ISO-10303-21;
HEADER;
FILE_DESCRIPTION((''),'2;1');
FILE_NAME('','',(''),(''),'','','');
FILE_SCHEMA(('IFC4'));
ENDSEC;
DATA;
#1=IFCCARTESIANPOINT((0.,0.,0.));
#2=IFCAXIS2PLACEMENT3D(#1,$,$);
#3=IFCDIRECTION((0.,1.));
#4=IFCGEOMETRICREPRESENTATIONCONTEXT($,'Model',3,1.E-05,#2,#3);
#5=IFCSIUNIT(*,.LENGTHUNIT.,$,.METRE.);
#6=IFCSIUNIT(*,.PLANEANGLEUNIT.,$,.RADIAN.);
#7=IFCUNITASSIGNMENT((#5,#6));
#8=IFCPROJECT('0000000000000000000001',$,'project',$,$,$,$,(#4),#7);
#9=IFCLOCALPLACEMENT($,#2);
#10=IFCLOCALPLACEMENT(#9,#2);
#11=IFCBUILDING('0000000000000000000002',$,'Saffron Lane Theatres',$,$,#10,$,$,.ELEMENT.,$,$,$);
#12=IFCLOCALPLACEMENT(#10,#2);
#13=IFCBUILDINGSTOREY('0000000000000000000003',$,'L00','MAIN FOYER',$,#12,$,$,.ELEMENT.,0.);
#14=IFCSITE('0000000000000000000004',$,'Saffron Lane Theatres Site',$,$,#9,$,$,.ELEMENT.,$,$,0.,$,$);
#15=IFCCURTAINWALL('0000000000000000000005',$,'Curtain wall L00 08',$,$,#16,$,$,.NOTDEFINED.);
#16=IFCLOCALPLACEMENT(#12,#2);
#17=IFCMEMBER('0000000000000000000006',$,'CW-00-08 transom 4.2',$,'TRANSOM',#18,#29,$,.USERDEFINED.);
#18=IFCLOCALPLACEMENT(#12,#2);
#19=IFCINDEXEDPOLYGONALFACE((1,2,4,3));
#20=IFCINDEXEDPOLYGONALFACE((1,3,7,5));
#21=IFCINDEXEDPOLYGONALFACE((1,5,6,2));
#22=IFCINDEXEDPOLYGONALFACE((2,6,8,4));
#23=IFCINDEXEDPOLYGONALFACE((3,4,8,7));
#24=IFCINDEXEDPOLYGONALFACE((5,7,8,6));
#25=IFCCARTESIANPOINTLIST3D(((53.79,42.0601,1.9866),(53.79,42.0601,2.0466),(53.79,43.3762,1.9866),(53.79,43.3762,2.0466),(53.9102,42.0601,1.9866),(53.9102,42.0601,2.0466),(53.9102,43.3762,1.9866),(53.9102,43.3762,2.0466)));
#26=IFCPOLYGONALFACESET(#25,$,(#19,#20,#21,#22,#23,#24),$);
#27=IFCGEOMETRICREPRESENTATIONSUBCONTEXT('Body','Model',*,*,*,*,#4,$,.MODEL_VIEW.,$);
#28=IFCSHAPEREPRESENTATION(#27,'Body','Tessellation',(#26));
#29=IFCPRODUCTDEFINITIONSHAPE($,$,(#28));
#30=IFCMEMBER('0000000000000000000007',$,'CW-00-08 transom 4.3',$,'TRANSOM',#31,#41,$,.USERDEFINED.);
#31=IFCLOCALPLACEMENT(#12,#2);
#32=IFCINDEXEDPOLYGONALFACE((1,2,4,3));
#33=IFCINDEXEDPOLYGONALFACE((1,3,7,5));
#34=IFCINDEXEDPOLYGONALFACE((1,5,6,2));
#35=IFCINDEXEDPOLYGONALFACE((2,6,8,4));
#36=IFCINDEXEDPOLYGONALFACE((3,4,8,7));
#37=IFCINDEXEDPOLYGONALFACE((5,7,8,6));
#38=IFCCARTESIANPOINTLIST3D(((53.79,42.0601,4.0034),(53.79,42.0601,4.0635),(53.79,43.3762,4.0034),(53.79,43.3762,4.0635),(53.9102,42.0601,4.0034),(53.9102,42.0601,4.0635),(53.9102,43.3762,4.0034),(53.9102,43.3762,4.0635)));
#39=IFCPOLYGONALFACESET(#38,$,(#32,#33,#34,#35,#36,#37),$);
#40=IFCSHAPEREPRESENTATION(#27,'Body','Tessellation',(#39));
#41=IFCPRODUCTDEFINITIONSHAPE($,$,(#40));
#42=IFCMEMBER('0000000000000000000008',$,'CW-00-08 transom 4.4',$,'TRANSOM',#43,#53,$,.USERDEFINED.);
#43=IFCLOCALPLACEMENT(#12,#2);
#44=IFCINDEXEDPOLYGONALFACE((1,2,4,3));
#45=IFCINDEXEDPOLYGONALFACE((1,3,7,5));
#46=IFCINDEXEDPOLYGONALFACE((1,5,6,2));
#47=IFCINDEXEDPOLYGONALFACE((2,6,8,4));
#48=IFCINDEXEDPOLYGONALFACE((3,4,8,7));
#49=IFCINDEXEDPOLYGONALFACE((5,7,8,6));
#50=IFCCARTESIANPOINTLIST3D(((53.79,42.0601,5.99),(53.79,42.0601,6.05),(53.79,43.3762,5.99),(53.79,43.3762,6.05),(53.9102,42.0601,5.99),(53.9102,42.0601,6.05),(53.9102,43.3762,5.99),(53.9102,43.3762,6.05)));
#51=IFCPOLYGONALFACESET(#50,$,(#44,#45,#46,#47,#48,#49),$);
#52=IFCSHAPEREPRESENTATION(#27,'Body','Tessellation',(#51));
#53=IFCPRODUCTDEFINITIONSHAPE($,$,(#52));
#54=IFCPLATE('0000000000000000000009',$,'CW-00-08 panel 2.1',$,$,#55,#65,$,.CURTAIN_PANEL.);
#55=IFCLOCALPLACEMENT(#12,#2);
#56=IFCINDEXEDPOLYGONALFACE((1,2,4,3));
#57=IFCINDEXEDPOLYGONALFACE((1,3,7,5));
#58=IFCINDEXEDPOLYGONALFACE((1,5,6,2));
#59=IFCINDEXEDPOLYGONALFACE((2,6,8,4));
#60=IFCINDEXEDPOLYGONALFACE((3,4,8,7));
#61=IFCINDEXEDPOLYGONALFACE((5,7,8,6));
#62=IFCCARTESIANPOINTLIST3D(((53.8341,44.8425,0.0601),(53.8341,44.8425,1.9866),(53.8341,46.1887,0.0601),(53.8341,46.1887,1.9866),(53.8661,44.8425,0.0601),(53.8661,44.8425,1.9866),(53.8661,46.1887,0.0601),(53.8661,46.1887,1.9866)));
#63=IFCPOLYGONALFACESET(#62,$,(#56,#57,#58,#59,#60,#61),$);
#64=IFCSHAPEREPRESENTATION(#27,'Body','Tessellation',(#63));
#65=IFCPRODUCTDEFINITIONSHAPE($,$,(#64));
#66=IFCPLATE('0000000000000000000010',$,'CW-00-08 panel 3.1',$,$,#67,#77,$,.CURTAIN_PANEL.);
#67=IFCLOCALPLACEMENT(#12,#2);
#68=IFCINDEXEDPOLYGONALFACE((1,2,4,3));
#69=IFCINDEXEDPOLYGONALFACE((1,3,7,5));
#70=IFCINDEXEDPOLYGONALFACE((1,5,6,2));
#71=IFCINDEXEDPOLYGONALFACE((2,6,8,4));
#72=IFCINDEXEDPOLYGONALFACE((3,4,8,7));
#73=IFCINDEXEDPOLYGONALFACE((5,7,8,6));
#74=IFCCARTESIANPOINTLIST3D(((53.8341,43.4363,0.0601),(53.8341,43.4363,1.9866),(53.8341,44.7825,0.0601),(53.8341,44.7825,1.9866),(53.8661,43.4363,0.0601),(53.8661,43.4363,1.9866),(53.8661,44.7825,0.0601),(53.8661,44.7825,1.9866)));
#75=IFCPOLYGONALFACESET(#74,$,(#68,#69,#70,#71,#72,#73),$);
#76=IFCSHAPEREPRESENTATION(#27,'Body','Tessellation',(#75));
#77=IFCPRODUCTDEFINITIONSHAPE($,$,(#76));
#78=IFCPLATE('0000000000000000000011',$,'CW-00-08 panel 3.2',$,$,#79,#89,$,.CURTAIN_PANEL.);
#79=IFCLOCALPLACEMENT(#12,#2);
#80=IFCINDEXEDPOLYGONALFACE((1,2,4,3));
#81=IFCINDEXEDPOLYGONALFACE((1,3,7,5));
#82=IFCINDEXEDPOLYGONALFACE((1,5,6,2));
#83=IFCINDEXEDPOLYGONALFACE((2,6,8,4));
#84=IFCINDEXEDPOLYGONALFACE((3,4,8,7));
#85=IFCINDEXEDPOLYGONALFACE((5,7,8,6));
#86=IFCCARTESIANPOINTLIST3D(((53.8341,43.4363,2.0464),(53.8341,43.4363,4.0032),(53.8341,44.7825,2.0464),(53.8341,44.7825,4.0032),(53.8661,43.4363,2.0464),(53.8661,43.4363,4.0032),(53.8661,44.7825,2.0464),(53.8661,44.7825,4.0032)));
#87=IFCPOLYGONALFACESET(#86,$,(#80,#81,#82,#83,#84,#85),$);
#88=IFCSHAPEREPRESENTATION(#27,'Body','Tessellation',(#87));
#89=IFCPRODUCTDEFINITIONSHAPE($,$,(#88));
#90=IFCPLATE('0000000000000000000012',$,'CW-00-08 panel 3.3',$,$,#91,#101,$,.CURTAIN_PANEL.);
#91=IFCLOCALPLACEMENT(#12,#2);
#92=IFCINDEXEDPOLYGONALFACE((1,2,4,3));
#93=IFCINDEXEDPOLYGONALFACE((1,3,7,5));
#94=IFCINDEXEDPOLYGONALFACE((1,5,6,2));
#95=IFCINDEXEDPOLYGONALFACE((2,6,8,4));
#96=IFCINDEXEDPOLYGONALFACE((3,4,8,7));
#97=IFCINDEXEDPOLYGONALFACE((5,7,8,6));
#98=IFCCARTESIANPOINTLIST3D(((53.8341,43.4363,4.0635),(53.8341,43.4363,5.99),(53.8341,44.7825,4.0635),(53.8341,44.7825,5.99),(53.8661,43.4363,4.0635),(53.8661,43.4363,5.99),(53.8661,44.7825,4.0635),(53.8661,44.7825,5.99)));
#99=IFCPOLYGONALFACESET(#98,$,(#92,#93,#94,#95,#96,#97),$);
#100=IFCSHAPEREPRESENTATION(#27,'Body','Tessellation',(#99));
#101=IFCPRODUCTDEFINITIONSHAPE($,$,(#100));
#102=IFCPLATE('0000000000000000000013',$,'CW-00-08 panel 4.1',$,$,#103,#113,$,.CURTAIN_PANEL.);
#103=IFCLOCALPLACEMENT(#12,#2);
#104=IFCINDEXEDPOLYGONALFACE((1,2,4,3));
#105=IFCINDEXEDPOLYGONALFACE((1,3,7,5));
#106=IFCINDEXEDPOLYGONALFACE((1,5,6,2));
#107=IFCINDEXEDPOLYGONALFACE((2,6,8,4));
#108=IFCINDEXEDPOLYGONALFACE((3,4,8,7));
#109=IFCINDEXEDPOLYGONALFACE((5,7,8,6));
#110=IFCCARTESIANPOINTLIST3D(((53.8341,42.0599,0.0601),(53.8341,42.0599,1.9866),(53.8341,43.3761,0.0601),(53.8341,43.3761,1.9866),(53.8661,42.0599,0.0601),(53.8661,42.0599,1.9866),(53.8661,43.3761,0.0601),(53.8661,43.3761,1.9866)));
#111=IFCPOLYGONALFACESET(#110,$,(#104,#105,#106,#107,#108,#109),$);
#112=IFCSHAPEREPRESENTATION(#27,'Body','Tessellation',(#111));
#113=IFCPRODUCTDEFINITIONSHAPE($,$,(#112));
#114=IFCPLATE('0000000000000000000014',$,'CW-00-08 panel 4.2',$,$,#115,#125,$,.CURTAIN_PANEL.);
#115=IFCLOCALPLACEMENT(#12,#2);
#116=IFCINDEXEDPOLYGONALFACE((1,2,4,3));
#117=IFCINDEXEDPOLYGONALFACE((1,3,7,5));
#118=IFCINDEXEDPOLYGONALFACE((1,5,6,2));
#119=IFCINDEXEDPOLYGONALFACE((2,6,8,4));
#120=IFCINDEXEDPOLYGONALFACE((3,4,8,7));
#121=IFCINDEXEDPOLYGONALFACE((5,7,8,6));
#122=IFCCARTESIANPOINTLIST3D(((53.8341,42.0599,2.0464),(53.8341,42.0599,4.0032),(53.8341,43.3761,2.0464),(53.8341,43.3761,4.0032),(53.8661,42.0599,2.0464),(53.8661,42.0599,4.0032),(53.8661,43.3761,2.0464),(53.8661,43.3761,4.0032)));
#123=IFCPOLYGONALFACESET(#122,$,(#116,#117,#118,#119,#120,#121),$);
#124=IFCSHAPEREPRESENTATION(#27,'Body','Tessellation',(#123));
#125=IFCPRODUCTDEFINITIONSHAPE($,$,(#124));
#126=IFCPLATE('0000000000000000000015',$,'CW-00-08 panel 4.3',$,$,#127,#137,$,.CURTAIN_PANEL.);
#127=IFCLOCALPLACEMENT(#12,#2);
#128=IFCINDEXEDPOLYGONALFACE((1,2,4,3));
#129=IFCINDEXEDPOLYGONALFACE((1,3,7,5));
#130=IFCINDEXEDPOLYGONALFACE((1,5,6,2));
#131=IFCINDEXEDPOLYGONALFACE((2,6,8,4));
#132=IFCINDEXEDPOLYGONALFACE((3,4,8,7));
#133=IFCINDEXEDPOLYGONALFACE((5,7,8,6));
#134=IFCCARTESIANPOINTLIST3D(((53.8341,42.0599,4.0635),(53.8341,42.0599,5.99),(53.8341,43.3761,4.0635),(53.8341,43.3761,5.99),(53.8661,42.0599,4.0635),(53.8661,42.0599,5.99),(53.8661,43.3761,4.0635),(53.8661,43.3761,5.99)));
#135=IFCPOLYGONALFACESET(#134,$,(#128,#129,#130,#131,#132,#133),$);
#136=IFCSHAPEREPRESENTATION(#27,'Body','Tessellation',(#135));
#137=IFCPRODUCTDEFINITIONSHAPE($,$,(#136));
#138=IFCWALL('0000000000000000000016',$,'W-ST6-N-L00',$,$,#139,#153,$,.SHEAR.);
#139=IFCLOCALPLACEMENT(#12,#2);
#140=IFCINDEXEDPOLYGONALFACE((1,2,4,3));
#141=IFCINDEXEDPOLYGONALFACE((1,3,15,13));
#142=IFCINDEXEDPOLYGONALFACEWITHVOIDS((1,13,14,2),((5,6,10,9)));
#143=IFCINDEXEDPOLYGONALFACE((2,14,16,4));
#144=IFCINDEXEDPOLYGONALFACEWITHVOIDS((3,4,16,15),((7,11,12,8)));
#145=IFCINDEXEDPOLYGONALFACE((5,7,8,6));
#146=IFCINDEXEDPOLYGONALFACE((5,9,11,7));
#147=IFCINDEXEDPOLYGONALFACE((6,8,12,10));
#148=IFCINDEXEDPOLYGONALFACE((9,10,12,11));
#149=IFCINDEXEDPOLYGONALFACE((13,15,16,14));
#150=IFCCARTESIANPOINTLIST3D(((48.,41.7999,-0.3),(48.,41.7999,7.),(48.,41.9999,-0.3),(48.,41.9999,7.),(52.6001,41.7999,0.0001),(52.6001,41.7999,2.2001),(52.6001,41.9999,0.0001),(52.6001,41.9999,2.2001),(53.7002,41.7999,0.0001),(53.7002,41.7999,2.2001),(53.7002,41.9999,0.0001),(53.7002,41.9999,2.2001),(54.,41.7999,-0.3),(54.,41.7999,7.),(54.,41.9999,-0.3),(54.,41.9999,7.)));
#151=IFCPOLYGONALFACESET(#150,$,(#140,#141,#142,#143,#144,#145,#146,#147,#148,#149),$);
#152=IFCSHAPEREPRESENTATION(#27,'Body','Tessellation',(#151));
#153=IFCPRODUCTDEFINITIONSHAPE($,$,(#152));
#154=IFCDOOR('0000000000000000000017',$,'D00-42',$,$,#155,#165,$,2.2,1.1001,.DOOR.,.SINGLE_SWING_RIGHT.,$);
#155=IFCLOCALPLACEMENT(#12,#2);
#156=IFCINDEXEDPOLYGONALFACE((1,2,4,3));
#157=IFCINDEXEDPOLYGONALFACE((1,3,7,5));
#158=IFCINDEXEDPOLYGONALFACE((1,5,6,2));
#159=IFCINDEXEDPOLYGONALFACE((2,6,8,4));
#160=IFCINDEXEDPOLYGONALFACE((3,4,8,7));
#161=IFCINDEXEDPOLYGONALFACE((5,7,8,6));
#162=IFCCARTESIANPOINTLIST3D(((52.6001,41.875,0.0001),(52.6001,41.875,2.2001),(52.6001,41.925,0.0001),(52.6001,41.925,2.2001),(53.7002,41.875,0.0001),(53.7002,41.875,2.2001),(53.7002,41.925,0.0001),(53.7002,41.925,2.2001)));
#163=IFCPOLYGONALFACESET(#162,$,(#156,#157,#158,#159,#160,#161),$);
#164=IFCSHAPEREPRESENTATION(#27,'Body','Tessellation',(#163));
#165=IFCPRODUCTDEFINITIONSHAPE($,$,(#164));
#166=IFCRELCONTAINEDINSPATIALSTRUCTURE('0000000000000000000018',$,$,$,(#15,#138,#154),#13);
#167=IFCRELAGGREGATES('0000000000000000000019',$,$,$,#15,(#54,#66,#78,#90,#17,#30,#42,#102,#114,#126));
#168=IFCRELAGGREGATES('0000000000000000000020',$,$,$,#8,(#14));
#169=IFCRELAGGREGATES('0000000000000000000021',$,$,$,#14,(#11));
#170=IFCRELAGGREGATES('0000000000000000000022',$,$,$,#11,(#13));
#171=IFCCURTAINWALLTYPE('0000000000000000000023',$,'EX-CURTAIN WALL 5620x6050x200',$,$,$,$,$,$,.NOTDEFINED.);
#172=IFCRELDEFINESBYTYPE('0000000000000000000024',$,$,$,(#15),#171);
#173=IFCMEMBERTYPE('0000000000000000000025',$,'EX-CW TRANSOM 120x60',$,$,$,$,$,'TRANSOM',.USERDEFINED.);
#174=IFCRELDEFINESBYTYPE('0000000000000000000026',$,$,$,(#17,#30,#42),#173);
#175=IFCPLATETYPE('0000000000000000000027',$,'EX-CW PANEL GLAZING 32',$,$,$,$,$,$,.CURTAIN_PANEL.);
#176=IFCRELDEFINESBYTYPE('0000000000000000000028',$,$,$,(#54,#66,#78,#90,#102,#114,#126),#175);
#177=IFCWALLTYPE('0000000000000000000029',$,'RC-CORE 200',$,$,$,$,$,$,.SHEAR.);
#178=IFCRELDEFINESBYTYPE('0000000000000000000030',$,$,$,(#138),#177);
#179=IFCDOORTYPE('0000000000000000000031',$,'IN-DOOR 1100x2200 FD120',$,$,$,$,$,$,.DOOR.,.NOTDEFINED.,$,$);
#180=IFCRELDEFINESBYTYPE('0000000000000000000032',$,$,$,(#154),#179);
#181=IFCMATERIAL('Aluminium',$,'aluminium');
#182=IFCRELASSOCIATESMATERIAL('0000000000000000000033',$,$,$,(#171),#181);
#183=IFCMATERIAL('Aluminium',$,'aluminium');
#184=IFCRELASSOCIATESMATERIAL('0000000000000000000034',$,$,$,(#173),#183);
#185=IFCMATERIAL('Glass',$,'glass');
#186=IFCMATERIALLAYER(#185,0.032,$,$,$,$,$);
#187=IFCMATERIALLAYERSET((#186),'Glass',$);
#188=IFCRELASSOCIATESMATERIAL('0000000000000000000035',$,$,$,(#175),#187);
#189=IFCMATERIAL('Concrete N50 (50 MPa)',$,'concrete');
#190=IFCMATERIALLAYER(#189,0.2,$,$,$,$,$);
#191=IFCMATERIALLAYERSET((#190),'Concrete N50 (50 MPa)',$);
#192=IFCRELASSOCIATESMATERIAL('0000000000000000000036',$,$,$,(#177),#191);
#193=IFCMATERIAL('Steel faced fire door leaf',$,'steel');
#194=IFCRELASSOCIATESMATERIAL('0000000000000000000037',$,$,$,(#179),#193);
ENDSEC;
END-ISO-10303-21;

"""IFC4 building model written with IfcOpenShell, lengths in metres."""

from ifc_helpers import new_model, si_unit, direction, frame, frame_2d, origin, origin_2d, place, context, subcontext, project, spatial, rectangle, extrude, material, layer, layer_set, material_profile, profile_set, type_object, element, fill, aggregate, save


model = new_model("IFC4")

# Units and contexts
model_context = context("Model", 3, precision=1e-05, world=origin(), true_north=direction((0.0, 1.0)))
body_context = subcontext(model_context, "Body", "Model", "MODEL_VIEW")
ifc_project = project(units=[si_unit("LENGTHUNIT", "METRE"), si_unit("PLANEANGLEUNIT", "RADIAN")], contexts=[model_context])

# Site, building, storey
site_placement = place(None, origin())
site = spatial("IfcSite", under=ifc_project, at=site_placement, Name="Saffron Lane Theatres Site", CompositionType="ELEMENT", RefElevation=0.0)
building_placement = place(site_placement, origin())
building = spatial("IfcBuilding", under=site, at=building_placement, Name="Saffron Lane Theatres", CompositionType="ELEMENT")
storey_placement = place(building_placement, origin())
storey = spatial("IfcBuildingStorey", under=building, at=storey_placement, Name="L00", Description="MAIN FOYER", CompositionType="ELEMENT", Elevation=0.0)

# Curtain wall, members, plates
ifc_material_1 = material(Name="Aluminium", Category="aluminium")
curtain_wall_type = type_object("IfcCurtainWallType", Name="EX-CURTAIN WALL 5620x6050x200", PredefinedType="NOTDEFINED", material=ifc_material_1)
curtain_wall_placement = place(storey_placement, origin())
curtain_wall = element("IfcCurtainWall", 1, at=curtain_wall_placement, inside=storey, type_object=curtain_wall_type, Name="Curtain wall L00 08", PredefinedType="NOTDEFINED")
ifc_material_2 = material(Name="Aluminium", Category="aluminium")
ifc_material_profile_1 = material_profile(ifc_material_2, rectangle(XDim=0.1201, YDim=0.0601, at=origin_2d()))
ifc_profile_set_1 = profile_set([ifc_material_profile_1], Name="Aluminium")
member_type_1 = type_object("IfcMemberType", Name="EX-CW TRANSOM 120x60", ElementType="TRANSOM", PredefinedType="USERDEFINED", material=ifc_profile_set_1)
member_1_placement = place(storey_placement, frame((53.8501, 43.3762, 2.0166), z_axis=(0.0, -1.0, 0.0), x_axis=(1.0, 0.0, 0.0)))
member_1 = element("IfcMember", 2, at=member_1_placement, type_object=member_type_1, Name="CW-00-08 transom 4.2", ObjectType="TRANSOM", PredefinedType="USERDEFINED", context=body_context, shape_type="SweptSolid", body=[
    extrude(rectangle(XDim=0.1201, YDim=0.0601, at=origin_2d()), origin(), (0.0, 0.0, 1.0), 1.3162),
])
member_2_placement = place(storey_placement, frame((53.8501, 43.3762, 4.0334), z_axis=(0.0, -1.0, 0.0), x_axis=(1.0, 0.0, 0.0)))
member_2 = element("IfcMember", 3, at=member_2_placement, type_object=member_type_1, Name="CW-00-08 transom 4.3", ObjectType="TRANSOM", PredefinedType="USERDEFINED", context=body_context, shape_type="SweptSolid", body=[
    extrude(rectangle(XDim=0.1201, YDim=0.0601, at=origin_2d()), origin(), (0.0, 0.0, 1.0), 1.3162),
])
member_3_placement = place(storey_placement, frame((53.8501, 43.3762, 6.02), z_axis=(0.0, -1.0, 0.0), x_axis=(1.0, 0.0, 0.0)))
member_3 = element("IfcMember", 4, at=member_3_placement, type_object=member_type_1, Name="CW-00-08 transom 4.4", ObjectType="TRANSOM", PredefinedType="USERDEFINED", context=body_context, shape_type="SweptSolid", body=[
    extrude(rectangle(XDim=0.1201, YDim=0.0601, at=origin_2d()), origin(), (0.0, 0.0, 1.0), 1.3162),
])
ifc_material_3 = material(Name="Glass", Category="glass")
ifc_layer_1 = layer(ifc_material_3, 0.032)
ifc_layer_set_1 = layer_set([ifc_layer_1], Name="Glass")
plate_type = type_object("IfcPlateType", Name="EX-CW PANEL GLAZING 32", PredefinedType="CURTAIN_PANEL", material=ifc_layer_set_1)
plate_1_placement = place(storey_placement, frame((53.8501, 45.5156, 0.0601), z_axis=(0.0, 0.0, 1.0), x_axis=(0.0, -1.0, 0.0)))
plate_1 = element("IfcPlate", 5, at=plate_1_placement, type_object=plate_type, Name="CW-00-08 panel 2.1", PredefinedType="CURTAIN_PANEL", context=body_context, shape_type="SweptSolid", body=[
    extrude(rectangle(XDim=1.3462, YDim=0.032, at=origin_2d()), origin(), (0.0, 0.0, 1.0), 1.9265),
])
plate_2_placement = place(storey_placement, frame((53.8501, 44.1094, 0.0601), z_axis=(0.0, 0.0, 1.0), x_axis=(0.0, -1.0, 0.0)))
plate_2 = element("IfcPlate", 6, at=plate_2_placement, type_object=plate_type, Name="CW-00-08 panel 3.1", PredefinedType="CURTAIN_PANEL", context=body_context, shape_type="SweptSolid", body=[
    extrude(rectangle(XDim=1.3462, YDim=0.032, at=origin_2d()), origin(), (0.0, 0.0, 1.0), 1.9265),
])
plate_3_placement = place(storey_placement, frame((53.8501, 44.1094, 2.0464), z_axis=(0.0, 0.0, 1.0), x_axis=(0.0, -1.0, 0.0)))
plate_3 = element("IfcPlate", 7, at=plate_3_placement, type_object=plate_type, Name="CW-00-08 panel 3.2", PredefinedType="CURTAIN_PANEL", context=body_context, shape_type="SweptSolid", body=[
    extrude(rectangle(XDim=1.3462, YDim=0.032, at=origin_2d()), origin(), (0.0, 0.0, 1.0), 1.9568),
])
plate_4_placement = place(storey_placement, frame((53.8501, 44.1094, 4.0635), z_axis=(0.0, 0.0, 1.0), x_axis=(0.0, -1.0, 0.0)))
plate_4 = element("IfcPlate", 8, at=plate_4_placement, type_object=plate_type, Name="CW-00-08 panel 3.3", PredefinedType="CURTAIN_PANEL", context=body_context, shape_type="SweptSolid", body=[
    extrude(rectangle(XDim=1.3462, YDim=0.032, at=origin_2d()), origin(), (0.0, 0.0, 1.0), 1.9265),
])
plate_5_placement = place(storey_placement, frame((53.8501, 42.718, 0.0601), z_axis=(0.0, 0.0, 1.0), x_axis=(0.0, -1.0, 0.0)))
plate_5 = element("IfcPlate", 9, at=plate_5_placement, type_object=plate_type, Name="CW-00-08 panel 4.1", PredefinedType="CURTAIN_PANEL", context=body_context, shape_type="SweptSolid", body=[
    extrude(rectangle(XDim=1.3162, YDim=0.032, at=origin_2d()), origin(), (0.0, 0.0, 1.0), 1.9265),
])
plate_6_placement = place(storey_placement, frame((53.8501, 42.718, 2.0464), z_axis=(0.0, 0.0, 1.0), x_axis=(0.0, -1.0, 0.0)))
plate_6 = element("IfcPlate", 10, at=plate_6_placement, type_object=plate_type, Name="CW-00-08 panel 4.2", PredefinedType="CURTAIN_PANEL", context=body_context, shape_type="SweptSolid", body=[
    extrude(rectangle(XDim=1.3162, YDim=0.032, at=origin_2d()), origin(), (0.0, 0.0, 1.0), 1.9568),
])
plate_7_placement = place(storey_placement, frame((53.8501, 42.718, 4.0635), z_axis=(0.0, 0.0, 1.0), x_axis=(0.0, -1.0, 0.0)))
plate_7 = element("IfcPlate", 11, at=plate_7_placement, type_object=plate_type, Name="CW-00-08 panel 4.3", PredefinedType="CURTAIN_PANEL", context=body_context, shape_type="SweptSolid", body=[
    extrude(rectangle(XDim=1.3162, YDim=0.032, at=origin_2d()), origin(), (0.0, 0.0, 1.0), 1.9265),
])
aggregate(curtain_wall, [plate_1, plate_2, plate_3, plate_4, member_1, member_2, member_3, plate_5, plate_6, plate_7])

# Wall, opening, door
ifc_material_4 = material(Name="Concrete N50 (50 MPa)", Category="concrete")
ifc_layer_2 = layer(ifc_material_4, 0.2)
ifc_layer_set_2 = layer_set([ifc_layer_2], Name="Concrete N50 (50 MPa)")
wall_type = type_object("IfcWallType", Name="RC-CORE 200", PredefinedType="SHEAR", material=ifc_layer_set_2)
wall_placement = place(storey_placement, frame((48.0, 41.8999, -0.3), z_axis=(0.0, 0.0, 1.0), x_axis=(1.0, 0.0, 0.0)))
wall = element("IfcWall", 12, at=wall_placement, inside=storey, type_object=wall_type, Name="W-ST6-N-L00", PredefinedType="SHEAR", context=body_context, shape_type="SweptSolid", body=[
    extrude(rectangle(XDim=6.0, YDim=0.2, at=frame_2d((3.0, 0.0))), origin(), (0.0, 0.0, 1.0), 7.3),
])
opening_placement = place(wall_placement, frame((4.6001, 0.0, 0.3)))
opening = element("IfcOpeningElement", 13, at=opening_placement, cuts=wall, PredefinedType="OPENING", context=body_context, shape_type="SweptSolid", body=[
    extrude(rectangle(XDim=1.1001, YDim=2.2, at=frame_2d((0.55, 1.1001))), frame((0.0, 0.1099, 0.0), z_axis=(0.0, -1.0, 0.0), x_axis=(1.0, 0.0, 0.0)), (0.0, 0.0, 1.0), 0.22),
])
ifc_material_5 = material(Name="Steel faced fire door leaf", Category="steel")
door_type = type_object("IfcDoorType", Name="IN-DOOR 1100x2200 FD120", OperationType="NOTDEFINED", PredefinedType="DOOR", material=ifc_material_5)
door_placement = place(opening_placement, frame((1.1001, 0.0, 0.0), z_axis=(0.0, 0.0, 1.0), x_axis=(-1.0, 0.0, 0.0)))
door = element("IfcDoor", 14, at=door_placement, inside=storey, type_object=door_type, Name="D00-42", OperationType="SINGLE_SWING_RIGHT", OverallHeight=2.2, OverallWidth=1.1001, PredefinedType="DOOR", context=body_context, shape_type="SweptSolid", body=[
    extrude(rectangle(XDim=1.1001, YDim=2.2, at=frame_2d((0.55, 1.1001))), frame((0.0, 0.0249, 0.0), z_axis=(0.0, -1.0, 0.0), x_axis=(1.0, 0.0, 0.0)), (0.0, 0.0, 1.0), 0.05),
])
fill(opening, door)

save(model, "model.ifc")
